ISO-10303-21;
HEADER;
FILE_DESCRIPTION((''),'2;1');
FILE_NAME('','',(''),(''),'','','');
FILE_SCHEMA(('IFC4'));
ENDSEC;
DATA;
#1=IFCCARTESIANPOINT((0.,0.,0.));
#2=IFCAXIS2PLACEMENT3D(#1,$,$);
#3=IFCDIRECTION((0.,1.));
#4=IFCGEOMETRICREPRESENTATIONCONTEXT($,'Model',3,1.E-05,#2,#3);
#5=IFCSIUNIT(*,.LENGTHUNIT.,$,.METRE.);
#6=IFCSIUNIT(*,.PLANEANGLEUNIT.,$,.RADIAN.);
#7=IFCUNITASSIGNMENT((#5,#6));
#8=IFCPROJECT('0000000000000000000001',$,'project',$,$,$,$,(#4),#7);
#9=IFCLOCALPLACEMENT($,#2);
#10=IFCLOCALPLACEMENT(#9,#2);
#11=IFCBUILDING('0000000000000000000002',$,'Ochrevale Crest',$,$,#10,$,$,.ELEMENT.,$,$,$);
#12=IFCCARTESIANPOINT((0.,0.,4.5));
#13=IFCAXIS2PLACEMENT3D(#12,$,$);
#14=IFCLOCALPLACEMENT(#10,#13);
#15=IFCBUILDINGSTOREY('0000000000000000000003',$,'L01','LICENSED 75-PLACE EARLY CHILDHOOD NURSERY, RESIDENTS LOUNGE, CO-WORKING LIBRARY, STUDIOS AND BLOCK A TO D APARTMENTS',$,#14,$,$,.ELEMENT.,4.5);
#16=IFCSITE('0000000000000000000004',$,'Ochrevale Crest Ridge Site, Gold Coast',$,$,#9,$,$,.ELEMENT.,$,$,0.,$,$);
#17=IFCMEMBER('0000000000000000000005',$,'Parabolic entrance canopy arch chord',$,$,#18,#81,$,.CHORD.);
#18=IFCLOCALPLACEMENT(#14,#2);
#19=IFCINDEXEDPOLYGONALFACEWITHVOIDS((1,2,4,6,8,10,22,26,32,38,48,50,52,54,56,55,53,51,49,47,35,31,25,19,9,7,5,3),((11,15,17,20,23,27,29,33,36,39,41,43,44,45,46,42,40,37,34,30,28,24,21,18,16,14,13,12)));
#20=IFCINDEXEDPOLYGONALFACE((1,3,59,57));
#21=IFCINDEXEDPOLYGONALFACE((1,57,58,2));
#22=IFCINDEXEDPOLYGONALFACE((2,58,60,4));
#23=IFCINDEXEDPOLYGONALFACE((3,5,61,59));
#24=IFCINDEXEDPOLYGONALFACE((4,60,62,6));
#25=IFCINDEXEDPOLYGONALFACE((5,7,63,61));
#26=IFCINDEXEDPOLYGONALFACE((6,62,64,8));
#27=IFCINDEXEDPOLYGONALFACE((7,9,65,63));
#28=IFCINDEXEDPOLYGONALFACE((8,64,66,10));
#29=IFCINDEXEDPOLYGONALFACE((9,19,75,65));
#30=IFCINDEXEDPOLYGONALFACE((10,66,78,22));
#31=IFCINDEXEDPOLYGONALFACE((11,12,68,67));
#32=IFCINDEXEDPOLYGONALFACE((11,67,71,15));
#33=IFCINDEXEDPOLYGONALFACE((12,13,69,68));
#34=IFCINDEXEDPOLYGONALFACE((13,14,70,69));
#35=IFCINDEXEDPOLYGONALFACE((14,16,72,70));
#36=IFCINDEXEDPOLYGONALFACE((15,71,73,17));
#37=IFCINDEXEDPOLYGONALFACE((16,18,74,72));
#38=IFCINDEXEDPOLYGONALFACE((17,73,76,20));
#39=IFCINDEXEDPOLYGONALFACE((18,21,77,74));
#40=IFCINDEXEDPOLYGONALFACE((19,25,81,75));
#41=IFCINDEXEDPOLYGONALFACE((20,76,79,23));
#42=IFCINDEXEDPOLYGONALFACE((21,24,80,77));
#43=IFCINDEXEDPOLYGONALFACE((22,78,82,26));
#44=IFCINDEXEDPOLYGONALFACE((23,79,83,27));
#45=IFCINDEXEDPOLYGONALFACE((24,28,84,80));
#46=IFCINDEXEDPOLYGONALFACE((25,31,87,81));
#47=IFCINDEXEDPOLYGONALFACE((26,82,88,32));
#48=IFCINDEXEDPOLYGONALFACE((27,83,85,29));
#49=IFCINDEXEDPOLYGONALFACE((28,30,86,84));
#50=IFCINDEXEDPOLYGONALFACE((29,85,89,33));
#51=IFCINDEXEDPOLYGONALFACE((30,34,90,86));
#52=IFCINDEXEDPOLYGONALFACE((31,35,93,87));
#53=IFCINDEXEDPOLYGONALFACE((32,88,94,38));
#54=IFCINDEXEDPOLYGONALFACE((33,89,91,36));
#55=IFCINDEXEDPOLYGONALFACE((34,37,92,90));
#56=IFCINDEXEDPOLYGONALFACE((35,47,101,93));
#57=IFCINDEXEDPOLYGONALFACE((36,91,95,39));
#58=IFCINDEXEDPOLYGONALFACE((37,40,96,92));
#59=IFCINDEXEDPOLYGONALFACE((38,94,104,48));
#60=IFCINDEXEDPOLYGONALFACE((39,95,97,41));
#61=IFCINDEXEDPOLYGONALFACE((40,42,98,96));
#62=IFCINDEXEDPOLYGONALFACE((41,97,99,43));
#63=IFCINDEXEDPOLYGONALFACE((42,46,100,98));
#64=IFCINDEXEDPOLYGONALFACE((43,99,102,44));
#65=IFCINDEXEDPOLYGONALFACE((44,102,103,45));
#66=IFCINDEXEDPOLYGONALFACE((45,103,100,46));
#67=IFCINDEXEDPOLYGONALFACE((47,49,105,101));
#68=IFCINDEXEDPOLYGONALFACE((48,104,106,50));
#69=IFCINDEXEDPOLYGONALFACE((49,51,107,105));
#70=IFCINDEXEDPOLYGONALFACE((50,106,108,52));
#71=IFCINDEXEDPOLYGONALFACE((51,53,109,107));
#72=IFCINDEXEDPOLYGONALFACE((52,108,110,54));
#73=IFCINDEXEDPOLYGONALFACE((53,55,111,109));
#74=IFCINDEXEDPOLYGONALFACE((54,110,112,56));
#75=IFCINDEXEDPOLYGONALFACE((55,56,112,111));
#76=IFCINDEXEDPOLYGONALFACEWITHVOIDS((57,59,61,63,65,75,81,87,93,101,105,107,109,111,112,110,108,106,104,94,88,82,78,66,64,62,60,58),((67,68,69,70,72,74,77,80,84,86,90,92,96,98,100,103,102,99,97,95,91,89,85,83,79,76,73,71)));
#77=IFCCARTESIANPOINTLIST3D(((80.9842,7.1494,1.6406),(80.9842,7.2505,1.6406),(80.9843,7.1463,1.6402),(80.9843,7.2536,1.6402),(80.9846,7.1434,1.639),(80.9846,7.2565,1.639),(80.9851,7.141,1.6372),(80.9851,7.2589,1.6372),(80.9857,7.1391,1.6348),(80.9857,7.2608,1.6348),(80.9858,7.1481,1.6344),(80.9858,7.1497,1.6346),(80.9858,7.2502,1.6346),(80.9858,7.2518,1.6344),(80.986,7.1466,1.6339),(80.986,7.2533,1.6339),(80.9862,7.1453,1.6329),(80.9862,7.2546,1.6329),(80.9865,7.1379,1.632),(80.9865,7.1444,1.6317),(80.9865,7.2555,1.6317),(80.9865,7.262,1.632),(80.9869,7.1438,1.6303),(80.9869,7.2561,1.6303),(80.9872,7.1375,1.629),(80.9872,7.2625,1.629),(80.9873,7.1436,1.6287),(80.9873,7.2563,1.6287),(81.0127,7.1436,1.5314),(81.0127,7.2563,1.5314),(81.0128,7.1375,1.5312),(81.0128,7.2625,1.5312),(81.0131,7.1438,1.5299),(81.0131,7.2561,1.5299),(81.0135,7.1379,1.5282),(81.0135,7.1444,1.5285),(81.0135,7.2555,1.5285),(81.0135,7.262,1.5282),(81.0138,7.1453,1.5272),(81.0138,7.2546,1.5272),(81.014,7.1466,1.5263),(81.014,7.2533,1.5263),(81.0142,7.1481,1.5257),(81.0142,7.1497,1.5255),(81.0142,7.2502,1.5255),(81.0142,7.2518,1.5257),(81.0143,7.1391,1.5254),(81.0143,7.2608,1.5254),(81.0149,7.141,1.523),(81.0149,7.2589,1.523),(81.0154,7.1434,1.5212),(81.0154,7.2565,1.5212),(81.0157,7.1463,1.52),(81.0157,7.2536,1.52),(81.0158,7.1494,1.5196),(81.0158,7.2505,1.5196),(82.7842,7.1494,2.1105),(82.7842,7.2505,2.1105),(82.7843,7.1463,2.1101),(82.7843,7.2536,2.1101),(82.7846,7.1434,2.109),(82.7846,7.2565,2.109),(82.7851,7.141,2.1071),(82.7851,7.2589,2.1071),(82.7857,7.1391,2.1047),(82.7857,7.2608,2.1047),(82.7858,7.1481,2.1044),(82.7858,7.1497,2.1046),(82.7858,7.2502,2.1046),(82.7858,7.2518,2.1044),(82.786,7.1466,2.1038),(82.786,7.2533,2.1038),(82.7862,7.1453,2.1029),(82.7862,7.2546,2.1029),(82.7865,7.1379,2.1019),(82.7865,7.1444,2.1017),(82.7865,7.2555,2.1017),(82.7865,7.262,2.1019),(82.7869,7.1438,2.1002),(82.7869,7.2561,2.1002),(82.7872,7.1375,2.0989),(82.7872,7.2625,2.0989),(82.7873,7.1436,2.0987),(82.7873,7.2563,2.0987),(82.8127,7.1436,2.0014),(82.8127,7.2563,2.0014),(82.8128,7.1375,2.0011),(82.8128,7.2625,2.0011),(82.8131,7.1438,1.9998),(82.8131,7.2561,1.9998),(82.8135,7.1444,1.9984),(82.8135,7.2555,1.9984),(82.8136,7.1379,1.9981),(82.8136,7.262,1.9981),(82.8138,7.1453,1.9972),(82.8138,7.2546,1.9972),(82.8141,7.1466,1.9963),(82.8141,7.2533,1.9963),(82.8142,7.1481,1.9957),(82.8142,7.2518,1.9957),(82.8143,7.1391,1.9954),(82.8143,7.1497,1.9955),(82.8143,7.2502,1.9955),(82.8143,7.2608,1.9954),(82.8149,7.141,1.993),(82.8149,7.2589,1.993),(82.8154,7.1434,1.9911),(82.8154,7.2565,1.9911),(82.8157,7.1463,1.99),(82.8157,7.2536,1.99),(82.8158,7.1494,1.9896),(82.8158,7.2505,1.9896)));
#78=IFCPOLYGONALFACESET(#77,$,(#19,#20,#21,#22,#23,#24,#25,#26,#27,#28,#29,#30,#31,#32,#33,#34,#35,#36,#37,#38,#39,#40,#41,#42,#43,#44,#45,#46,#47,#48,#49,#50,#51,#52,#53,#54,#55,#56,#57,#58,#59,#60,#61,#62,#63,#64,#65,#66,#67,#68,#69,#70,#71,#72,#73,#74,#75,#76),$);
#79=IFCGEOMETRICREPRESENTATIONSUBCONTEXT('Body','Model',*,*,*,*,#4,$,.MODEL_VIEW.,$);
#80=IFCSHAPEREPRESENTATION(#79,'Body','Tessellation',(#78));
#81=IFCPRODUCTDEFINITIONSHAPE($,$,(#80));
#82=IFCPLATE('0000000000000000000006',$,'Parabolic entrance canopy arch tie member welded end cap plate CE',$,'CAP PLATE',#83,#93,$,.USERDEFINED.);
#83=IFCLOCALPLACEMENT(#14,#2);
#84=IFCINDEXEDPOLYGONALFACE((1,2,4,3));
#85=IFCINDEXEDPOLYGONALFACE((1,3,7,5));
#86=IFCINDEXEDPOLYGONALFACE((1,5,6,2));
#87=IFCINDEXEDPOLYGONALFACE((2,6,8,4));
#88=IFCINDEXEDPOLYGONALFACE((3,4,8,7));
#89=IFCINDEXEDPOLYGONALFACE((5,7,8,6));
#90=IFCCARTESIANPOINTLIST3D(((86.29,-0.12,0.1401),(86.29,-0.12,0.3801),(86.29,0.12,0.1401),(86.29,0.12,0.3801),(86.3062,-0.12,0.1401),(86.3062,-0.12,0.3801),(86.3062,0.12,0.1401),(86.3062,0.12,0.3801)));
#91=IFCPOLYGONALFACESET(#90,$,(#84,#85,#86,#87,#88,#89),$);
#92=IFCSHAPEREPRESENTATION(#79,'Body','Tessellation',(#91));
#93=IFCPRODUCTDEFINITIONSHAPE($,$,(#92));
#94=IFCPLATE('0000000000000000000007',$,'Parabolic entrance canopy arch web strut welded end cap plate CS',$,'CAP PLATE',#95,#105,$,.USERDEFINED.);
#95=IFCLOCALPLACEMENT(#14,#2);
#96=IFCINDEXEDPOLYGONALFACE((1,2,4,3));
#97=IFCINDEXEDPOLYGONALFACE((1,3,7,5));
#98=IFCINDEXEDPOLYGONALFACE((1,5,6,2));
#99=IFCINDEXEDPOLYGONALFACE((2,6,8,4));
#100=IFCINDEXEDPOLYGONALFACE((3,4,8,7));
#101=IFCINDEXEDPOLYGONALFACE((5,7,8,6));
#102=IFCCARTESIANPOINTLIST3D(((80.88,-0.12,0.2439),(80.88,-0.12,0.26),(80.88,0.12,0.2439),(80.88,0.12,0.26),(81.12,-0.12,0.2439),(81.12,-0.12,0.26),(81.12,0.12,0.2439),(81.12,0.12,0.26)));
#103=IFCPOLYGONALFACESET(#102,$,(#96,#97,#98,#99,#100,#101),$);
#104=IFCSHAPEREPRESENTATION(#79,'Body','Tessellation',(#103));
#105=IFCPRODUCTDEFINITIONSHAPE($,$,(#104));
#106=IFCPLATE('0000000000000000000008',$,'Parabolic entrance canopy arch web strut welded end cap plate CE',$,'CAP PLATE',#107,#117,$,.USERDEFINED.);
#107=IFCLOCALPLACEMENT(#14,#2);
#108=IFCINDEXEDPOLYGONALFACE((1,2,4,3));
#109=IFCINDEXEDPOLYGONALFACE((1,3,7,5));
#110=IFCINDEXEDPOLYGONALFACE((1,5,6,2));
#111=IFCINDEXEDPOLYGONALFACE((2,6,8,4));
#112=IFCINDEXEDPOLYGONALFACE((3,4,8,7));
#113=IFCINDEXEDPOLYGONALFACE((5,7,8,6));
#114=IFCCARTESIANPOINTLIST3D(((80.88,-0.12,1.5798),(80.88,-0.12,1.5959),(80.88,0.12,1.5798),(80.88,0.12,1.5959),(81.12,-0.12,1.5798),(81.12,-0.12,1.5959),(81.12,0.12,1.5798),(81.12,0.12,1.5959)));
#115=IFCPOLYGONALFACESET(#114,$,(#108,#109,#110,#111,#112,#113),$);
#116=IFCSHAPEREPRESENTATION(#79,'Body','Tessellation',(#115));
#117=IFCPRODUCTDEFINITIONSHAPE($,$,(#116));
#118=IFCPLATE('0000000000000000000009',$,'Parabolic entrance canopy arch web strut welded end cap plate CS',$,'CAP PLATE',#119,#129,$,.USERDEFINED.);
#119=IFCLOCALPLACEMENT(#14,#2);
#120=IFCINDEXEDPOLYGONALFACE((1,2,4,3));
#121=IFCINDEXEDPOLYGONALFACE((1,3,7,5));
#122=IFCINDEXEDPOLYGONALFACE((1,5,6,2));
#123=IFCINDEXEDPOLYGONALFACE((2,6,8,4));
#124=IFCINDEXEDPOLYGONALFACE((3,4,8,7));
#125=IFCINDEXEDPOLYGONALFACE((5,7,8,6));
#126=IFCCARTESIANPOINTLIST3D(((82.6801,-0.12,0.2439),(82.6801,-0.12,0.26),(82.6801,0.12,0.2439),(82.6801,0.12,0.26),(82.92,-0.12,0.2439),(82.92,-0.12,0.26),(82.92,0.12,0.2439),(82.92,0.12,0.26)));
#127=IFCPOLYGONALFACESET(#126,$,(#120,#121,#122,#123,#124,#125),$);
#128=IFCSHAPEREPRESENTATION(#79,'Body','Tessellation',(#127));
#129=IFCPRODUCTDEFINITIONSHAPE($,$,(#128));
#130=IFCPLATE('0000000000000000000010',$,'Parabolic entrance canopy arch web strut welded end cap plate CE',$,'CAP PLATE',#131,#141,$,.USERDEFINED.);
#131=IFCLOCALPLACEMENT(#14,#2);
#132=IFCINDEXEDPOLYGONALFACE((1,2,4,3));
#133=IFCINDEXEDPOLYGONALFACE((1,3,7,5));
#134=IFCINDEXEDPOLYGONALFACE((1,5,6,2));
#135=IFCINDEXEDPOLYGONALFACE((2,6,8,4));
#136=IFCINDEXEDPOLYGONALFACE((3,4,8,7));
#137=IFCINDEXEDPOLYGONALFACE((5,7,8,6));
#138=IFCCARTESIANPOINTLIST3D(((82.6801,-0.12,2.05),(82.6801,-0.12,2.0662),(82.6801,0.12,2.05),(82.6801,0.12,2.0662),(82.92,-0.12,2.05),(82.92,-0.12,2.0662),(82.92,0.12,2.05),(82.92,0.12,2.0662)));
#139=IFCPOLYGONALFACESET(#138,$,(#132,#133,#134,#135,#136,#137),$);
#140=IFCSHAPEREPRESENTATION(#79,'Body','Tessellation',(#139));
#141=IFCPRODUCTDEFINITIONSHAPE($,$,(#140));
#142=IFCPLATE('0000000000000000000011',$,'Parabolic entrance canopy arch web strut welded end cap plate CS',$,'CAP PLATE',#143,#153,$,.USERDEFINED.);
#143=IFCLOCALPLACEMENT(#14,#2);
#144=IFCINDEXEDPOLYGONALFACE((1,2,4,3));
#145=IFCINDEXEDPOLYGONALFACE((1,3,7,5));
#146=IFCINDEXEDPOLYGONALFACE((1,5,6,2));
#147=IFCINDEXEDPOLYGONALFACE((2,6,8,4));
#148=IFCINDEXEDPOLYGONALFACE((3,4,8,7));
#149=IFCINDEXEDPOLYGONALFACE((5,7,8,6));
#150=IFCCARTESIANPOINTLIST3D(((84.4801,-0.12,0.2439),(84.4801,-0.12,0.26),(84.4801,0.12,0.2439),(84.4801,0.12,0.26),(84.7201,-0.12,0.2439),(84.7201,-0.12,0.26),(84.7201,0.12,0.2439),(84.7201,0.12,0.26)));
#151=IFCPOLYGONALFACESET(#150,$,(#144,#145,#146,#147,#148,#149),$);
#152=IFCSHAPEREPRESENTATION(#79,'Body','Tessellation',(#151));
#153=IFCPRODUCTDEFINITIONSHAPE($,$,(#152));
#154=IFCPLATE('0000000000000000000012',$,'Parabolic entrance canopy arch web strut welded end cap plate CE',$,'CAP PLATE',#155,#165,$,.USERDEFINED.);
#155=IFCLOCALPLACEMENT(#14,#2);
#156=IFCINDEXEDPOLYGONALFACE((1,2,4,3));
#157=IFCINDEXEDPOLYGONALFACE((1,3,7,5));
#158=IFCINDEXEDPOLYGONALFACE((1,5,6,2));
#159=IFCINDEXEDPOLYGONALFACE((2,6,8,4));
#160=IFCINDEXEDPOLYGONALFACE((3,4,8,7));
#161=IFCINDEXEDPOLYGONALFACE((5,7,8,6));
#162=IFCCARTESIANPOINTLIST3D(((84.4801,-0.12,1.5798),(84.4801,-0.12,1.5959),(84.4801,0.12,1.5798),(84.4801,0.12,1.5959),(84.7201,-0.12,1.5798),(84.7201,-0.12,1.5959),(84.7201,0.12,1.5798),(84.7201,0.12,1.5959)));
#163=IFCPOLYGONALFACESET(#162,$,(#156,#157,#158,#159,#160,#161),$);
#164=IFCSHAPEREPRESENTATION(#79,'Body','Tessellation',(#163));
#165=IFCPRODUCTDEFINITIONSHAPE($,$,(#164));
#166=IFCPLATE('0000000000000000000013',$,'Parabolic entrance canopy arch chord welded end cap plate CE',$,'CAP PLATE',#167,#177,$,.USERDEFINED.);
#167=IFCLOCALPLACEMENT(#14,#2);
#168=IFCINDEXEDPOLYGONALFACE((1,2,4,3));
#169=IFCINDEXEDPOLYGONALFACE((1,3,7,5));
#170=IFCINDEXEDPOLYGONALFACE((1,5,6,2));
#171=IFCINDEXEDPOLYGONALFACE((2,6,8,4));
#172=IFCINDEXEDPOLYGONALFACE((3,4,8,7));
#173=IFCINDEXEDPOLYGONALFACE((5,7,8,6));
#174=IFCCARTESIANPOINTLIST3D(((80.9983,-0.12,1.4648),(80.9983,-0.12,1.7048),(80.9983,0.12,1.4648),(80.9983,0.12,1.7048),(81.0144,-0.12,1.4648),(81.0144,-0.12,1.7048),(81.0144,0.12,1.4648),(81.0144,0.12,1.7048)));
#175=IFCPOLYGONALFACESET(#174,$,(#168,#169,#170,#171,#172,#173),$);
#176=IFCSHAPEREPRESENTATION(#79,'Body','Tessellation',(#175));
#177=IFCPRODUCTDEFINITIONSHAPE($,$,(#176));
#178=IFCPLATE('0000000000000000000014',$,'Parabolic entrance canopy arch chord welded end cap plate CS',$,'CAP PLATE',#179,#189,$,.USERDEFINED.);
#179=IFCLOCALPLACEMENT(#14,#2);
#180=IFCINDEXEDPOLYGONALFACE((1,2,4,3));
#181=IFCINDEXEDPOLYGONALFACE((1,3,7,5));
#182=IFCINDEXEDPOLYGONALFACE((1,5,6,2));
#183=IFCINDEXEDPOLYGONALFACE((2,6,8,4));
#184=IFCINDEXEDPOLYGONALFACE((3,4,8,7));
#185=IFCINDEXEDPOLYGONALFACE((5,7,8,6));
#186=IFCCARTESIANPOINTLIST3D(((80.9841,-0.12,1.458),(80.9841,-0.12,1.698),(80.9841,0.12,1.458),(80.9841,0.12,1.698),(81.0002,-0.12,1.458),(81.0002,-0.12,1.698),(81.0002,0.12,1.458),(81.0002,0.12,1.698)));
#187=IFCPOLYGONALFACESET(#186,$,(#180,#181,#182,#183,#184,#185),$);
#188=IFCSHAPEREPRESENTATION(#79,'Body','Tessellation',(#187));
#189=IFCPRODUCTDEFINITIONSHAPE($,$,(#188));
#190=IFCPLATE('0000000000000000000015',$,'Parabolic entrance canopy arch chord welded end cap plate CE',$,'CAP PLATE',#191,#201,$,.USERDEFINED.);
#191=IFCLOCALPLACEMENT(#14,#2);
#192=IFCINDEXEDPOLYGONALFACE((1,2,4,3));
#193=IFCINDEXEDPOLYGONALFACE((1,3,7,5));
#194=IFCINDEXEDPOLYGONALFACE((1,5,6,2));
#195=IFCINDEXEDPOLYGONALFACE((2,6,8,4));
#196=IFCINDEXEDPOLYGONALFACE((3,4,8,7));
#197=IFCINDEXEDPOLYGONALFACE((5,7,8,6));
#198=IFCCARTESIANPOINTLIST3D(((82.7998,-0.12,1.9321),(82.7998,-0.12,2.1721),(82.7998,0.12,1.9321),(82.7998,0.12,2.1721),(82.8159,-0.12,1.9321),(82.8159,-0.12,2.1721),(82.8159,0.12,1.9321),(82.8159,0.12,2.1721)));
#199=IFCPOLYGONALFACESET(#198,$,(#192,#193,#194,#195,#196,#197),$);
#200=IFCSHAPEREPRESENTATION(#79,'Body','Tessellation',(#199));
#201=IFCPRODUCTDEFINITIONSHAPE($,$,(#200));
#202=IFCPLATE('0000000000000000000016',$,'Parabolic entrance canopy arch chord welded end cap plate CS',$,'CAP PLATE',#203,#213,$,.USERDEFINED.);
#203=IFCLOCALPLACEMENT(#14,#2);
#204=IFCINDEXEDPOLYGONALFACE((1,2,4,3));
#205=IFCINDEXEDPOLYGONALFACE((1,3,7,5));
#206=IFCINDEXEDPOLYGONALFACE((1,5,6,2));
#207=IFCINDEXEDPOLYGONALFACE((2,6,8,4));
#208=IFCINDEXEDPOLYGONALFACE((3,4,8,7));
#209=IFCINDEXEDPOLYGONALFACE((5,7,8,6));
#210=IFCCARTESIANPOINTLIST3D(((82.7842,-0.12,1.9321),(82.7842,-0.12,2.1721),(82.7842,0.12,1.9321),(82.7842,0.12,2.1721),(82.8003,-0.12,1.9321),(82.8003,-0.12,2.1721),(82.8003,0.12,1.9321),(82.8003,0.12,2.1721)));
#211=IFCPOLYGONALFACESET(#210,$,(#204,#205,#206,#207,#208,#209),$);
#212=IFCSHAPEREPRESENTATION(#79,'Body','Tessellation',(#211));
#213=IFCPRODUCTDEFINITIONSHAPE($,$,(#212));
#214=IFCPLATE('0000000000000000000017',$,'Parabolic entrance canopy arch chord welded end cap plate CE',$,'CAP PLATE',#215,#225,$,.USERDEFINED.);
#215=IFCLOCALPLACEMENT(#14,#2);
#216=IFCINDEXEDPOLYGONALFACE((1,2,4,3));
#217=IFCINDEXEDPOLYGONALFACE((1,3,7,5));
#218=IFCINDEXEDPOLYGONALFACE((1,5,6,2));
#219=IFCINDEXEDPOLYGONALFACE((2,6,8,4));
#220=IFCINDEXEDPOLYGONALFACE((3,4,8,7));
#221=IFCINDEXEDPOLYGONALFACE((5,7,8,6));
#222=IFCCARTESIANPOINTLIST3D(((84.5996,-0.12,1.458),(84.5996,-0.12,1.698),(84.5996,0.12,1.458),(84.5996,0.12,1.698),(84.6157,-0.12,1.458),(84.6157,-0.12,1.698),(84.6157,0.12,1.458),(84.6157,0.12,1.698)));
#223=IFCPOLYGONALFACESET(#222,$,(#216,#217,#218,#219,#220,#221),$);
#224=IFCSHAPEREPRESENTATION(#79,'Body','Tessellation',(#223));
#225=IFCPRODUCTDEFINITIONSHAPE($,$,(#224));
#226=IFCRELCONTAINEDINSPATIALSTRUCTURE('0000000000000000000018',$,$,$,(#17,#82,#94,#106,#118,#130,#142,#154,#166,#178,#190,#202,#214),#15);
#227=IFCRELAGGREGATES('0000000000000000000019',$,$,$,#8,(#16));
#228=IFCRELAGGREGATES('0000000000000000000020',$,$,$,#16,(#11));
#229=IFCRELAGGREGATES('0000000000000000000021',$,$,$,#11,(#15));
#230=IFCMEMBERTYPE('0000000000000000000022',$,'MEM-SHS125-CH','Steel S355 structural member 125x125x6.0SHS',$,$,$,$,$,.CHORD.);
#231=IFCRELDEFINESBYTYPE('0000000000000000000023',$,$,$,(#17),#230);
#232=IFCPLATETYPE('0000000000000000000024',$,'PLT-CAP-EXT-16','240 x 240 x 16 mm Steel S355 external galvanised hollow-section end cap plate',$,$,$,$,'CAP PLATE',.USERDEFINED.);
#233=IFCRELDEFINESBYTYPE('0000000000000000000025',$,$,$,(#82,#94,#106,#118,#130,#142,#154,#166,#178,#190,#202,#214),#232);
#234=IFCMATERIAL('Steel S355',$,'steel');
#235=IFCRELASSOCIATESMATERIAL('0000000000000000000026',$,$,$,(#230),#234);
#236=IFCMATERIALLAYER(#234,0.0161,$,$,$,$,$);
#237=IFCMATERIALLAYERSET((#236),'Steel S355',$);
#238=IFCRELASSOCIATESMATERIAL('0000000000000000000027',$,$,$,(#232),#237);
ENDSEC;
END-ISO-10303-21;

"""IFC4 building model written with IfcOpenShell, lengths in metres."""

from ifc_helpers import new_model, si_unit, direction, frame, origin, origin_2d, place, context, subcontext, project, spatial, rectangle, hollow_rectangle, extrude, material, layer, layer_set, material_profile, profile_set, type_object, element, save


model = new_model("IFC4")

# Units and contexts
model_context = context("Model", 3, precision=1e-05, world=origin(), true_north=direction((0.0, 1.0)))
body_context = subcontext(model_context, "Body", "Model", "MODEL_VIEW")
ifc_project = project(units=[si_unit("LENGTHUNIT", "METRE"), si_unit("PLANEANGLEUNIT", "RADIAN")], contexts=[model_context])

# Site, building, storey
site_placement = place(None, origin())
site = spatial("IfcSite", under=ifc_project, at=site_placement, Name="Ochrevale Crest Ridge Site, Gold Coast", CompositionType="ELEMENT", RefElevation=0.0)
building_placement = place(site_placement, origin())
building = spatial("IfcBuilding", under=site, at=building_placement, Name="Ochrevale Crest", CompositionType="ELEMENT")
storey_placement = place(building_placement, frame((0.0, 0.0, 4.5)))
storey = spatial("IfcBuildingStorey", under=building, at=storey_placement, Name="L01", Description="LICENSED 75-PLACE EARLY CHILDHOOD NURSERY, RESIDENTS LOUNGE, CO-WORKING LIBRARY, STUDIOS AND BLOCK A TO D APARTMENTS", CompositionType="ELEMENT", Elevation=4.5)

# Shared definitions
ifc_material_1 = material(Name="Steel S355", Category="steel")

# Member
ifc_material_profile_1 = material_profile(ifc_material_1, hollow_rectangle(XDim=0.125, YDim=0.125, WallThickness=0.0061, InnerFilletRadius=0.0061, OuterFilletRadius=0.012, at=origin_2d()), Name="125x125x6.0SHS")
ifc_profile_set_1 = profile_set([ifc_material_profile_1], Name="Steel S355")
member_type = type_object("IfcMemberType", Name="MEM-SHS125-CH", Description="Steel S355 structural member 125x125x6.0SHS", PredefinedType="CHORD", material=ifc_profile_set_1)
member_1_placement = place(storey_placement, frame((81.0, 7.2, 1.5801), z_axis=(0.967566, 0.0, 0.25262), x_axis=(0.0, 1.0, 0.0)))
element("IfcMember", 1, at=member_1_placement, inside=storey, type_object=member_type, Name="Parabolic entrance canopy arch chord", PredefinedType="CHORD", context=body_context, shape_type="SweptSolid", body=[
    extrude(hollow_rectangle(XDim=0.125, YDim=0.125, WallThickness=0.0061, InnerFilletRadius=0.0061, OuterFilletRadius=0.012, at=origin_2d()), origin(), (0.0, 0.0, 1.0), 1.8604),
])

# Plates
ifc_layer_1 = layer(ifc_material_1, 0.0161)
ifc_layer_set_1 = layer_set([ifc_layer_1], Name="Steel S355")
plate_type = type_object("IfcPlateType", Name="PLT-CAP-EXT-16", Description="240 x 240 x 16 mm Steel S355 external galvanised hollow-section end cap plate", ElementType="CAP PLATE", PredefinedType="USERDEFINED", material=ifc_layer_set_1)
plate_placement = place(storey_placement, frame((86.2981, 0.0, 0.1401), z_axis=(0.0, 0.0, 1.0), x_axis=(1.0, 0.0, 0.0)))
element("IfcPlate", 2, at=plate_placement, inside=storey, type_object=plate_type, Name="Parabolic entrance canopy arch tie member welded end cap plate CE", ObjectType="CAP PLATE", PredefinedType="USERDEFINED", context=body_context, shape_type="SweptSolid", body=[
    extrude(rectangle(XDim=0.0161, YDim=0.24, at=origin_2d()), origin(), (0.0, 0.0, 1.0), 0.24),
])
for number, where, z_axis, x_axis, name in (
    (3, (81.0, 0.0, 0.2439), (0.0, 0.0, 1.0), (1.0, 0.0, 0.0), "Parabolic entrance canopy arch web strut welded end cap plate CS"),
    (4, (81.0, 0.0, 1.5798), (0.0, 0.0, 1.0), (1.0, 0.0, 0.0), "Parabolic entrance canopy arch web strut welded end cap plate CE"),
    (5, (82.8, 0.0, 0.2439), (0.0, 0.0, 1.0), (1.0, 0.0, 0.0), "Parabolic entrance canopy arch web strut welded end cap plate CS"),
    (6, (82.8, 0.0, 2.05), (0.0, 0.0, 1.0), (1.0, 0.0, 0.0), "Parabolic entrance canopy arch web strut welded end cap plate CE"),
    (7, (84.6001, 0.0, 0.2439), (0.0, 0.0, 1.0), (1.0, 0.0, 0.0), "Parabolic entrance canopy arch web strut welded end cap plate CS"),
    (8, (84.6001, 0.0, 1.5798), (0.0, 0.0, 1.0), (1.0, 0.0, 0.0), "Parabolic entrance canopy arch web strut welded end cap plate CE"),
):
    element("IfcPlate", number, at=place(storey_placement, frame(where, z_axis=z_axis, x_axis=x_axis)), inside=storey, type_object=plate_type, Name=name, ObjectType="CAP PLATE", PredefinedType="USERDEFINED", context=body_context, shape_type="SweptSolid", body=[
        extrude(rectangle(XDim=0.24, YDim=0.24, at=origin_2d()), origin(), (0.0, 0.0, 1.0), 0.0161),
    ])
for number, where, z_axis, x_axis, name in (
    (9, (81.0063, 0.0, 1.4648), (0.0, 0.0, 1.0), (1.0, 0.0, 0.0), "Parabolic entrance canopy arch chord welded end cap plate CE"),
    (10, (80.9922, 0.0, 1.458), (0.0, 0.0, 1.0), (1.0, 0.0, 0.0), "Parabolic entrance canopy arch chord welded end cap plate CS"),
    (11, (82.8079, 0.0, 1.9321), (0.0, 0.0, 1.0), (1.0, 0.0, 0.0), "Parabolic entrance canopy arch chord welded end cap plate CE"),
    (12, (82.7922, 0.0, 1.9321), (0.0, 0.0, 1.0), (1.0, 0.0, 0.0), "Parabolic entrance canopy arch chord welded end cap plate CS"),
    (13, (84.6077, 0.0, 1.458), (0.0, 0.0, 1.0), (1.0, 0.0, 0.0), "Parabolic entrance canopy arch chord welded end cap plate CE"),
):
    element("IfcPlate", number, at=place(storey_placement, frame(where, z_axis=z_axis, x_axis=x_axis)), inside=storey, type_object=plate_type, Name=name, ObjectType="CAP PLATE", PredefinedType="USERDEFINED", context=body_context, shape_type="SweptSolid", body=[
        extrude(rectangle(XDim=0.0161, YDim=0.24, at=origin_2d()), origin(), (0.0, 0.0, 1.0), 0.24),
    ])

save(model, "model.ifc")
